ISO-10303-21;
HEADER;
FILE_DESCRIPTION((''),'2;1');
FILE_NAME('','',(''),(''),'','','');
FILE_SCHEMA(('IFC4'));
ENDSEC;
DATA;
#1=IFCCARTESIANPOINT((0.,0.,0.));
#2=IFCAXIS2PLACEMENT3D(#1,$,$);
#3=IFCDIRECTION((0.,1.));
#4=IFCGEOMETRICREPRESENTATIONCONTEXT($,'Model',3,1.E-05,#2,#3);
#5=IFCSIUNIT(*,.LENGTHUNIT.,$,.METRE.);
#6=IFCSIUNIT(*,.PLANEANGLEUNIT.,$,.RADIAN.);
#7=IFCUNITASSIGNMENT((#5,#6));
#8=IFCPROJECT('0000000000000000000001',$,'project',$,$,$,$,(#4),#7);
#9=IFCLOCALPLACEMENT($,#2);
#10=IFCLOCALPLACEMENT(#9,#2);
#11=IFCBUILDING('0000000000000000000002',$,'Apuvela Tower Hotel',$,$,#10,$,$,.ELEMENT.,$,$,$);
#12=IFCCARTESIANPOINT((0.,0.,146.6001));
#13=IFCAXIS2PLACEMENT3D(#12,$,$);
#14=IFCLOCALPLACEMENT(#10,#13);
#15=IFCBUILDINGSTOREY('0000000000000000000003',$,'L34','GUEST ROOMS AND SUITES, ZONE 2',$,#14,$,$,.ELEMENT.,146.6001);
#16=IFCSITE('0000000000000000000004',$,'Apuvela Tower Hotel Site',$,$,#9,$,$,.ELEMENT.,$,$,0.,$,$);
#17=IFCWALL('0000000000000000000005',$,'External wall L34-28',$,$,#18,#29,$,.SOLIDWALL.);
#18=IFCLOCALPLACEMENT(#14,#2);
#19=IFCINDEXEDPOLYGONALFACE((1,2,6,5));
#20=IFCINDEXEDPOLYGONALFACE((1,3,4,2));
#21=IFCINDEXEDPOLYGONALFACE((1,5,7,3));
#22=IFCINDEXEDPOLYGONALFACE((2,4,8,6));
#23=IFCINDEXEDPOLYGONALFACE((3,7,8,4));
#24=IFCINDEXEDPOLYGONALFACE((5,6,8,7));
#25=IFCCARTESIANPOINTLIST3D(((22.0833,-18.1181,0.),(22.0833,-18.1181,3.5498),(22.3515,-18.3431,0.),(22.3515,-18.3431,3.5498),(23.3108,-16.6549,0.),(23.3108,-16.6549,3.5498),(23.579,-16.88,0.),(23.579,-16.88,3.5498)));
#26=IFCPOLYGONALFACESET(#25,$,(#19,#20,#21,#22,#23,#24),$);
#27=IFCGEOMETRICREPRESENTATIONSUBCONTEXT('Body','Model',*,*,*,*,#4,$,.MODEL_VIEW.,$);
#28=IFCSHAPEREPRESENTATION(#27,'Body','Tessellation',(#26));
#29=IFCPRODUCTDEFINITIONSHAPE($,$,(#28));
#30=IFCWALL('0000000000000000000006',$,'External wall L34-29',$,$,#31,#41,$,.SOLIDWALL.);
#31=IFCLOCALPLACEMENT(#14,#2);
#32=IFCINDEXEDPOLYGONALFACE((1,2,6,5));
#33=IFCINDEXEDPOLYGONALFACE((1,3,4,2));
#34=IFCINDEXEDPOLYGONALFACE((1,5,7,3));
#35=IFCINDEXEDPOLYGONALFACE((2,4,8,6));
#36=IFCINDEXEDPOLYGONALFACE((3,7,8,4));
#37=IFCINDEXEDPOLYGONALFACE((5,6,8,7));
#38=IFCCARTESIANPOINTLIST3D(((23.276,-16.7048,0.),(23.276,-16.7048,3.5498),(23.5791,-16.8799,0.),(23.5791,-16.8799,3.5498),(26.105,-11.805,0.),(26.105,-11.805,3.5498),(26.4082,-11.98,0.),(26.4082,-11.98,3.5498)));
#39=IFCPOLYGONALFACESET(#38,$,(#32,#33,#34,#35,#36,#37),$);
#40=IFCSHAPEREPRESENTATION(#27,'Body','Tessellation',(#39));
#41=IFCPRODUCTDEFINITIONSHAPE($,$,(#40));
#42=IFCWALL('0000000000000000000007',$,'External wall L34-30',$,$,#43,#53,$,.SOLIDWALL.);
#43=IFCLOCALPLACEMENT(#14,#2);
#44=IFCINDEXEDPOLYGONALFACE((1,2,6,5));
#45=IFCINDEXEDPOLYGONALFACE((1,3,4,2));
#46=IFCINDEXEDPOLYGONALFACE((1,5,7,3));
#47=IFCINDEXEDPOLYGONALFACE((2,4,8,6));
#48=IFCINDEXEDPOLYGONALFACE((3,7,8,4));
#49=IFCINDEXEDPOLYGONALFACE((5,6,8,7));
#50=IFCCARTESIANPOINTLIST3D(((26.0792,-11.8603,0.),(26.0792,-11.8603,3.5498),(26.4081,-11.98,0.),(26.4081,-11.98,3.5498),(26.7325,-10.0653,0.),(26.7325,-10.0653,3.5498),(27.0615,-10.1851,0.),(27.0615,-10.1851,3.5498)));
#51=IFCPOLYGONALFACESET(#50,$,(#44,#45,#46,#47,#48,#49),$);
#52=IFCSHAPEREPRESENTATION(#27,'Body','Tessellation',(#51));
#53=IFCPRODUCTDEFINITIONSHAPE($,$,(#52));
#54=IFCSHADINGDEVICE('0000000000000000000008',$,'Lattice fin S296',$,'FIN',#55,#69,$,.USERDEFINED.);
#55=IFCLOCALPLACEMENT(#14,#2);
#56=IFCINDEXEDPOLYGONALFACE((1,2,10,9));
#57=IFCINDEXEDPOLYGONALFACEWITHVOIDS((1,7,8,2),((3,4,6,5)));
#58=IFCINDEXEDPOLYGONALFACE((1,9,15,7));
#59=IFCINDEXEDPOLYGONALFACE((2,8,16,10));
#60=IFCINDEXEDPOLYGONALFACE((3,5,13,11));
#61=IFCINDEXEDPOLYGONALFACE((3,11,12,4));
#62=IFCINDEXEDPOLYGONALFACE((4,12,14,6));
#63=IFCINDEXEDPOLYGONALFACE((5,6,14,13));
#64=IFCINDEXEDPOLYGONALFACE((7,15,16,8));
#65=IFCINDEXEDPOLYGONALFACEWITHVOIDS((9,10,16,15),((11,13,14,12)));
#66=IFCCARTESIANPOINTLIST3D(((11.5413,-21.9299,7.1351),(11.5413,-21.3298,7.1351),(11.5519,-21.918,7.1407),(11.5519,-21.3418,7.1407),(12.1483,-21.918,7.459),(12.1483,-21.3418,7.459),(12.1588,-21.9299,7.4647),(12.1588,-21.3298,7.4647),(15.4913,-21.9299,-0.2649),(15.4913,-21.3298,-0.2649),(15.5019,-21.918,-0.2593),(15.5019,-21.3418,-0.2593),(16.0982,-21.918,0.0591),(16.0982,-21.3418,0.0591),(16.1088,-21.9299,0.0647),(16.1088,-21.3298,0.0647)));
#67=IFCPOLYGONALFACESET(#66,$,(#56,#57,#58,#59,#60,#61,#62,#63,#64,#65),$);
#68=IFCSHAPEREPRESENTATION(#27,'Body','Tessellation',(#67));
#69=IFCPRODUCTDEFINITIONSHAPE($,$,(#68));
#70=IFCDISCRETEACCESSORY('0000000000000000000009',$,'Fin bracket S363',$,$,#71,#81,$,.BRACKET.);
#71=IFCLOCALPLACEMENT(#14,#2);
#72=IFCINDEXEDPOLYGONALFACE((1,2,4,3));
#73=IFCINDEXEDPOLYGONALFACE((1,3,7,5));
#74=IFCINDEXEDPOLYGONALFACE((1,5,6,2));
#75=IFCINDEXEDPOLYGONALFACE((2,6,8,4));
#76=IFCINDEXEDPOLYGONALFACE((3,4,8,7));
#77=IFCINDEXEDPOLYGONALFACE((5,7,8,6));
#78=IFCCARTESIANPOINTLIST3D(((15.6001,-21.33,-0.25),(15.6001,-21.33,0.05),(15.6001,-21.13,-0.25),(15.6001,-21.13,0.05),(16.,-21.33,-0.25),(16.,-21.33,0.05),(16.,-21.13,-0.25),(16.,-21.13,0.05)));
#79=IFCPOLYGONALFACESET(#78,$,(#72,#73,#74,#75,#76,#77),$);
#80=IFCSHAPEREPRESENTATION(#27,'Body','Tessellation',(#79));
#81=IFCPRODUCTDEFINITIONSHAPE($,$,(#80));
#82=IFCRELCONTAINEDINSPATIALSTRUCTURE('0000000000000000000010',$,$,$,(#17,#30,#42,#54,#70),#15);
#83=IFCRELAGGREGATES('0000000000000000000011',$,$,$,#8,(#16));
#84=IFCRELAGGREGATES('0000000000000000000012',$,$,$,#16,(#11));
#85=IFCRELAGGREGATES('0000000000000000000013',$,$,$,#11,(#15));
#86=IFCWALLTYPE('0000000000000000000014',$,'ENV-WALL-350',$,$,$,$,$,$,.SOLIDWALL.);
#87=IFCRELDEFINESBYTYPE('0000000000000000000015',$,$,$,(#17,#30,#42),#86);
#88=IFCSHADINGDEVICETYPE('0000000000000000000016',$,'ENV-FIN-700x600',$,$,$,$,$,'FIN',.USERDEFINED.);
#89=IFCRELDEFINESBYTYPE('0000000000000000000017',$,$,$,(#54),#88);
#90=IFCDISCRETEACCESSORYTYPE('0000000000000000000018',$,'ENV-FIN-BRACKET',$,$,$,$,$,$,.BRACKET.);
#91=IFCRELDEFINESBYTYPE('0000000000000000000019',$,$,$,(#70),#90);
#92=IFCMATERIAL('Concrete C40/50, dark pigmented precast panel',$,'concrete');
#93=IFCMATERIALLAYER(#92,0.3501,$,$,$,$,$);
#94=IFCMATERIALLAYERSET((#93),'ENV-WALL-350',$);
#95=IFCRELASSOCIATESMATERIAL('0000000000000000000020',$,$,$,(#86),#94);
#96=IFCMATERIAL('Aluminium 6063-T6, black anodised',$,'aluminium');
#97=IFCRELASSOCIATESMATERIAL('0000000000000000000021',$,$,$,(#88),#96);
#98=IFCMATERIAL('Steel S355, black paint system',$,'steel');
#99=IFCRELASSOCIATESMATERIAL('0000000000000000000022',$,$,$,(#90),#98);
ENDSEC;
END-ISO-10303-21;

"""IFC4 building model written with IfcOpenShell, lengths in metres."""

from ifc_helpers import new_model, si_unit, direction, frame, frame_2d, origin, origin_2d, place, context, subcontext, project, spatial, rectangle, hollow_rectangle, extrude, material, layer, layer_set, material_profile, profile_set, type_object, element, save


model = new_model("IFC4")

# Units and contexts
model_context = context("Model", 3, precision=1e-05, world=origin(), true_north=direction((0.0, 1.0)))
body_context = subcontext(model_context, "Body", "Model", "MODEL_VIEW")
ifc_project = project(units=[si_unit("LENGTHUNIT", "METRE"), si_unit("PLANEANGLEUNIT", "RADIAN")], contexts=[model_context])

# Site, building, storey
site_placement = place(None, origin())
site = spatial("IfcSite", under=ifc_project, at=site_placement, Name="Apuvela Tower Hotel Site", CompositionType="ELEMENT", RefElevation=0.0)
building_placement = place(site_placement, origin())
building = spatial("IfcBuilding", under=site, at=building_placement, Name="Apuvela Tower Hotel", CompositionType="ELEMENT")
storey_placement = place(building_placement, frame((0.0, 0.0, 146.6001)))
storey = spatial("IfcBuildingStorey", under=building, at=storey_placement, Name="L34", Description="GUEST ROOMS AND SUITES, ZONE 2", CompositionType="ELEMENT", Elevation=146.6001)

# Shared definitions
ifc_material_1 = material(Name="Concrete C40/50, dark pigmented precast panel", Category="concrete")
ifc_layer_1 = layer(ifc_material_1, 0.3501)
ifc_layer_set_1 = layer_set([ifc_layer_1], Name="ENV-WALL-350")
wall_type_1 = type_object("IfcWallType", Name="ENV-WALL-350", PredefinedType="SOLIDWALL", material=ifc_layer_set_1)

# Walls
for number, where, z_axis, x_axis, name in (
    (1, (22.2173, -18.2307, 0.0), (0.0, 0.0, 1.0), (0.642733, 0.76609, 0.0), "External wall L34-28"),
):
    element("IfcWall", number, at=place(storey_placement, frame(where, z_axis=z_axis, x_axis=x_axis)), inside=storey, type_object=wall_type_1, Name=name, PredefinedType="SOLIDWALL", context=body_context, shape_type="SweptSolid", body=[
        extrude(rectangle(XDim=1.9099, YDim=0.3501, at=frame_2d((0.9551, 0.0))), origin(), (0.0, 0.0, 1.0), 3.5498),
    ])
wall_1_placement = place(storey_placement, frame((23.4275, -16.7925, 0.0), z_axis=(0.0, 0.0, 1.0), x_axis=(0.500019, 0.866015, 0.0)))
element("IfcWall", 2, at=wall_1_placement, inside=storey, type_object=wall_type_1, Name="External wall L34-29", PredefinedType="SOLIDWALL", context=body_context, shape_type="SweptSolid", body=[
    extrude(rectangle(XDim=5.658, YDim=0.3501, at=frame_2d((2.8291, 0.0))), origin(), (0.0, 0.0, 1.0), 3.5498),
])
wall_2_placement = place(storey_placement, frame((26.2437, -11.9202, 0.0), z_axis=(0.0, 0.0, 1.0), x_axis=(0.34203, 0.939689, 0.0)))
element("IfcWall", 3, at=wall_2_placement, inside=storey, type_object=wall_type_1, Name="External wall L34-30", PredefinedType="SOLIDWALL", context=body_context, shape_type="SweptSolid", body=[
    extrude(rectangle(XDim=1.9102, YDim=0.3501, at=frame_2d((0.9551, 0.0))), origin(), (0.0, 0.0, 1.0), 3.5498),
])

# Shading device
ifc_material_2 = material(Name="Aluminium 6063-T6, black anodised", Category="aluminium")
ifc_material_profile_1 = material_profile(ifc_material_2, hollow_rectangle(XDim=0.6001, YDim=0.7, WallThickness=0.012, at=origin_2d()), Name="AL BOX 700x600x12")
ifc_profile_set_1 = profile_set([ifc_material_profile_1], Name="Aluminium 6063-T6, black anodised")
shading_device_type = type_object("IfcShadingDeviceType", Name="ENV-FIN-700x600", ElementType="FIN", PredefinedType="USERDEFINED", material=ifc_profile_set_1)
shading_device_placement = place(storey_placement, frame((15.8, -21.6299, -0.1001), z_axis=(-0.470898, 0.0, 0.882188), x_axis=(0.0, -1.0, 0.0)))
element("IfcShadingDevice", 4, at=shading_device_placement, inside=storey, type_object=shading_device_type, Name="Lattice fin S296", ObjectType="FIN", PredefinedType="USERDEFINED", context=body_context, shape_type="SweptSolid", body=[
    extrude(hollow_rectangle(XDim=0.6001, YDim=0.7, WallThickness=0.012, at=origin_2d()), origin(), (0.0, 0.0, 1.0), 8.3882),
])

# Discrete accessory
ifc_material_3 = material(Name="Steel S355, black paint system", Category="steel")
discrete_accessory_type = type_object("IfcDiscreteAccessoryType", Name="ENV-FIN-BRACKET", PredefinedType="BRACKET", material=ifc_material_3)
discrete_accessory_placement = place(storey_placement, frame((15.8, -21.23, -0.25), z_axis=(0.0, 0.0, 1.0), x_axis=(1.0, 0.0, 0.0)))
element("IfcDiscreteAccessory", 5, at=discrete_accessory_placement, inside=storey, type_object=discrete_accessory_type, Name="Fin bracket S363", PredefinedType="BRACKET", context=body_context, shape_type="SweptSolid", body=[
    extrude(rectangle(XDim=0.3999, YDim=0.2, at=origin_2d()), origin(), (0.0, 0.0, 1.0), 0.3),
])

save(model, "model.ifc")
